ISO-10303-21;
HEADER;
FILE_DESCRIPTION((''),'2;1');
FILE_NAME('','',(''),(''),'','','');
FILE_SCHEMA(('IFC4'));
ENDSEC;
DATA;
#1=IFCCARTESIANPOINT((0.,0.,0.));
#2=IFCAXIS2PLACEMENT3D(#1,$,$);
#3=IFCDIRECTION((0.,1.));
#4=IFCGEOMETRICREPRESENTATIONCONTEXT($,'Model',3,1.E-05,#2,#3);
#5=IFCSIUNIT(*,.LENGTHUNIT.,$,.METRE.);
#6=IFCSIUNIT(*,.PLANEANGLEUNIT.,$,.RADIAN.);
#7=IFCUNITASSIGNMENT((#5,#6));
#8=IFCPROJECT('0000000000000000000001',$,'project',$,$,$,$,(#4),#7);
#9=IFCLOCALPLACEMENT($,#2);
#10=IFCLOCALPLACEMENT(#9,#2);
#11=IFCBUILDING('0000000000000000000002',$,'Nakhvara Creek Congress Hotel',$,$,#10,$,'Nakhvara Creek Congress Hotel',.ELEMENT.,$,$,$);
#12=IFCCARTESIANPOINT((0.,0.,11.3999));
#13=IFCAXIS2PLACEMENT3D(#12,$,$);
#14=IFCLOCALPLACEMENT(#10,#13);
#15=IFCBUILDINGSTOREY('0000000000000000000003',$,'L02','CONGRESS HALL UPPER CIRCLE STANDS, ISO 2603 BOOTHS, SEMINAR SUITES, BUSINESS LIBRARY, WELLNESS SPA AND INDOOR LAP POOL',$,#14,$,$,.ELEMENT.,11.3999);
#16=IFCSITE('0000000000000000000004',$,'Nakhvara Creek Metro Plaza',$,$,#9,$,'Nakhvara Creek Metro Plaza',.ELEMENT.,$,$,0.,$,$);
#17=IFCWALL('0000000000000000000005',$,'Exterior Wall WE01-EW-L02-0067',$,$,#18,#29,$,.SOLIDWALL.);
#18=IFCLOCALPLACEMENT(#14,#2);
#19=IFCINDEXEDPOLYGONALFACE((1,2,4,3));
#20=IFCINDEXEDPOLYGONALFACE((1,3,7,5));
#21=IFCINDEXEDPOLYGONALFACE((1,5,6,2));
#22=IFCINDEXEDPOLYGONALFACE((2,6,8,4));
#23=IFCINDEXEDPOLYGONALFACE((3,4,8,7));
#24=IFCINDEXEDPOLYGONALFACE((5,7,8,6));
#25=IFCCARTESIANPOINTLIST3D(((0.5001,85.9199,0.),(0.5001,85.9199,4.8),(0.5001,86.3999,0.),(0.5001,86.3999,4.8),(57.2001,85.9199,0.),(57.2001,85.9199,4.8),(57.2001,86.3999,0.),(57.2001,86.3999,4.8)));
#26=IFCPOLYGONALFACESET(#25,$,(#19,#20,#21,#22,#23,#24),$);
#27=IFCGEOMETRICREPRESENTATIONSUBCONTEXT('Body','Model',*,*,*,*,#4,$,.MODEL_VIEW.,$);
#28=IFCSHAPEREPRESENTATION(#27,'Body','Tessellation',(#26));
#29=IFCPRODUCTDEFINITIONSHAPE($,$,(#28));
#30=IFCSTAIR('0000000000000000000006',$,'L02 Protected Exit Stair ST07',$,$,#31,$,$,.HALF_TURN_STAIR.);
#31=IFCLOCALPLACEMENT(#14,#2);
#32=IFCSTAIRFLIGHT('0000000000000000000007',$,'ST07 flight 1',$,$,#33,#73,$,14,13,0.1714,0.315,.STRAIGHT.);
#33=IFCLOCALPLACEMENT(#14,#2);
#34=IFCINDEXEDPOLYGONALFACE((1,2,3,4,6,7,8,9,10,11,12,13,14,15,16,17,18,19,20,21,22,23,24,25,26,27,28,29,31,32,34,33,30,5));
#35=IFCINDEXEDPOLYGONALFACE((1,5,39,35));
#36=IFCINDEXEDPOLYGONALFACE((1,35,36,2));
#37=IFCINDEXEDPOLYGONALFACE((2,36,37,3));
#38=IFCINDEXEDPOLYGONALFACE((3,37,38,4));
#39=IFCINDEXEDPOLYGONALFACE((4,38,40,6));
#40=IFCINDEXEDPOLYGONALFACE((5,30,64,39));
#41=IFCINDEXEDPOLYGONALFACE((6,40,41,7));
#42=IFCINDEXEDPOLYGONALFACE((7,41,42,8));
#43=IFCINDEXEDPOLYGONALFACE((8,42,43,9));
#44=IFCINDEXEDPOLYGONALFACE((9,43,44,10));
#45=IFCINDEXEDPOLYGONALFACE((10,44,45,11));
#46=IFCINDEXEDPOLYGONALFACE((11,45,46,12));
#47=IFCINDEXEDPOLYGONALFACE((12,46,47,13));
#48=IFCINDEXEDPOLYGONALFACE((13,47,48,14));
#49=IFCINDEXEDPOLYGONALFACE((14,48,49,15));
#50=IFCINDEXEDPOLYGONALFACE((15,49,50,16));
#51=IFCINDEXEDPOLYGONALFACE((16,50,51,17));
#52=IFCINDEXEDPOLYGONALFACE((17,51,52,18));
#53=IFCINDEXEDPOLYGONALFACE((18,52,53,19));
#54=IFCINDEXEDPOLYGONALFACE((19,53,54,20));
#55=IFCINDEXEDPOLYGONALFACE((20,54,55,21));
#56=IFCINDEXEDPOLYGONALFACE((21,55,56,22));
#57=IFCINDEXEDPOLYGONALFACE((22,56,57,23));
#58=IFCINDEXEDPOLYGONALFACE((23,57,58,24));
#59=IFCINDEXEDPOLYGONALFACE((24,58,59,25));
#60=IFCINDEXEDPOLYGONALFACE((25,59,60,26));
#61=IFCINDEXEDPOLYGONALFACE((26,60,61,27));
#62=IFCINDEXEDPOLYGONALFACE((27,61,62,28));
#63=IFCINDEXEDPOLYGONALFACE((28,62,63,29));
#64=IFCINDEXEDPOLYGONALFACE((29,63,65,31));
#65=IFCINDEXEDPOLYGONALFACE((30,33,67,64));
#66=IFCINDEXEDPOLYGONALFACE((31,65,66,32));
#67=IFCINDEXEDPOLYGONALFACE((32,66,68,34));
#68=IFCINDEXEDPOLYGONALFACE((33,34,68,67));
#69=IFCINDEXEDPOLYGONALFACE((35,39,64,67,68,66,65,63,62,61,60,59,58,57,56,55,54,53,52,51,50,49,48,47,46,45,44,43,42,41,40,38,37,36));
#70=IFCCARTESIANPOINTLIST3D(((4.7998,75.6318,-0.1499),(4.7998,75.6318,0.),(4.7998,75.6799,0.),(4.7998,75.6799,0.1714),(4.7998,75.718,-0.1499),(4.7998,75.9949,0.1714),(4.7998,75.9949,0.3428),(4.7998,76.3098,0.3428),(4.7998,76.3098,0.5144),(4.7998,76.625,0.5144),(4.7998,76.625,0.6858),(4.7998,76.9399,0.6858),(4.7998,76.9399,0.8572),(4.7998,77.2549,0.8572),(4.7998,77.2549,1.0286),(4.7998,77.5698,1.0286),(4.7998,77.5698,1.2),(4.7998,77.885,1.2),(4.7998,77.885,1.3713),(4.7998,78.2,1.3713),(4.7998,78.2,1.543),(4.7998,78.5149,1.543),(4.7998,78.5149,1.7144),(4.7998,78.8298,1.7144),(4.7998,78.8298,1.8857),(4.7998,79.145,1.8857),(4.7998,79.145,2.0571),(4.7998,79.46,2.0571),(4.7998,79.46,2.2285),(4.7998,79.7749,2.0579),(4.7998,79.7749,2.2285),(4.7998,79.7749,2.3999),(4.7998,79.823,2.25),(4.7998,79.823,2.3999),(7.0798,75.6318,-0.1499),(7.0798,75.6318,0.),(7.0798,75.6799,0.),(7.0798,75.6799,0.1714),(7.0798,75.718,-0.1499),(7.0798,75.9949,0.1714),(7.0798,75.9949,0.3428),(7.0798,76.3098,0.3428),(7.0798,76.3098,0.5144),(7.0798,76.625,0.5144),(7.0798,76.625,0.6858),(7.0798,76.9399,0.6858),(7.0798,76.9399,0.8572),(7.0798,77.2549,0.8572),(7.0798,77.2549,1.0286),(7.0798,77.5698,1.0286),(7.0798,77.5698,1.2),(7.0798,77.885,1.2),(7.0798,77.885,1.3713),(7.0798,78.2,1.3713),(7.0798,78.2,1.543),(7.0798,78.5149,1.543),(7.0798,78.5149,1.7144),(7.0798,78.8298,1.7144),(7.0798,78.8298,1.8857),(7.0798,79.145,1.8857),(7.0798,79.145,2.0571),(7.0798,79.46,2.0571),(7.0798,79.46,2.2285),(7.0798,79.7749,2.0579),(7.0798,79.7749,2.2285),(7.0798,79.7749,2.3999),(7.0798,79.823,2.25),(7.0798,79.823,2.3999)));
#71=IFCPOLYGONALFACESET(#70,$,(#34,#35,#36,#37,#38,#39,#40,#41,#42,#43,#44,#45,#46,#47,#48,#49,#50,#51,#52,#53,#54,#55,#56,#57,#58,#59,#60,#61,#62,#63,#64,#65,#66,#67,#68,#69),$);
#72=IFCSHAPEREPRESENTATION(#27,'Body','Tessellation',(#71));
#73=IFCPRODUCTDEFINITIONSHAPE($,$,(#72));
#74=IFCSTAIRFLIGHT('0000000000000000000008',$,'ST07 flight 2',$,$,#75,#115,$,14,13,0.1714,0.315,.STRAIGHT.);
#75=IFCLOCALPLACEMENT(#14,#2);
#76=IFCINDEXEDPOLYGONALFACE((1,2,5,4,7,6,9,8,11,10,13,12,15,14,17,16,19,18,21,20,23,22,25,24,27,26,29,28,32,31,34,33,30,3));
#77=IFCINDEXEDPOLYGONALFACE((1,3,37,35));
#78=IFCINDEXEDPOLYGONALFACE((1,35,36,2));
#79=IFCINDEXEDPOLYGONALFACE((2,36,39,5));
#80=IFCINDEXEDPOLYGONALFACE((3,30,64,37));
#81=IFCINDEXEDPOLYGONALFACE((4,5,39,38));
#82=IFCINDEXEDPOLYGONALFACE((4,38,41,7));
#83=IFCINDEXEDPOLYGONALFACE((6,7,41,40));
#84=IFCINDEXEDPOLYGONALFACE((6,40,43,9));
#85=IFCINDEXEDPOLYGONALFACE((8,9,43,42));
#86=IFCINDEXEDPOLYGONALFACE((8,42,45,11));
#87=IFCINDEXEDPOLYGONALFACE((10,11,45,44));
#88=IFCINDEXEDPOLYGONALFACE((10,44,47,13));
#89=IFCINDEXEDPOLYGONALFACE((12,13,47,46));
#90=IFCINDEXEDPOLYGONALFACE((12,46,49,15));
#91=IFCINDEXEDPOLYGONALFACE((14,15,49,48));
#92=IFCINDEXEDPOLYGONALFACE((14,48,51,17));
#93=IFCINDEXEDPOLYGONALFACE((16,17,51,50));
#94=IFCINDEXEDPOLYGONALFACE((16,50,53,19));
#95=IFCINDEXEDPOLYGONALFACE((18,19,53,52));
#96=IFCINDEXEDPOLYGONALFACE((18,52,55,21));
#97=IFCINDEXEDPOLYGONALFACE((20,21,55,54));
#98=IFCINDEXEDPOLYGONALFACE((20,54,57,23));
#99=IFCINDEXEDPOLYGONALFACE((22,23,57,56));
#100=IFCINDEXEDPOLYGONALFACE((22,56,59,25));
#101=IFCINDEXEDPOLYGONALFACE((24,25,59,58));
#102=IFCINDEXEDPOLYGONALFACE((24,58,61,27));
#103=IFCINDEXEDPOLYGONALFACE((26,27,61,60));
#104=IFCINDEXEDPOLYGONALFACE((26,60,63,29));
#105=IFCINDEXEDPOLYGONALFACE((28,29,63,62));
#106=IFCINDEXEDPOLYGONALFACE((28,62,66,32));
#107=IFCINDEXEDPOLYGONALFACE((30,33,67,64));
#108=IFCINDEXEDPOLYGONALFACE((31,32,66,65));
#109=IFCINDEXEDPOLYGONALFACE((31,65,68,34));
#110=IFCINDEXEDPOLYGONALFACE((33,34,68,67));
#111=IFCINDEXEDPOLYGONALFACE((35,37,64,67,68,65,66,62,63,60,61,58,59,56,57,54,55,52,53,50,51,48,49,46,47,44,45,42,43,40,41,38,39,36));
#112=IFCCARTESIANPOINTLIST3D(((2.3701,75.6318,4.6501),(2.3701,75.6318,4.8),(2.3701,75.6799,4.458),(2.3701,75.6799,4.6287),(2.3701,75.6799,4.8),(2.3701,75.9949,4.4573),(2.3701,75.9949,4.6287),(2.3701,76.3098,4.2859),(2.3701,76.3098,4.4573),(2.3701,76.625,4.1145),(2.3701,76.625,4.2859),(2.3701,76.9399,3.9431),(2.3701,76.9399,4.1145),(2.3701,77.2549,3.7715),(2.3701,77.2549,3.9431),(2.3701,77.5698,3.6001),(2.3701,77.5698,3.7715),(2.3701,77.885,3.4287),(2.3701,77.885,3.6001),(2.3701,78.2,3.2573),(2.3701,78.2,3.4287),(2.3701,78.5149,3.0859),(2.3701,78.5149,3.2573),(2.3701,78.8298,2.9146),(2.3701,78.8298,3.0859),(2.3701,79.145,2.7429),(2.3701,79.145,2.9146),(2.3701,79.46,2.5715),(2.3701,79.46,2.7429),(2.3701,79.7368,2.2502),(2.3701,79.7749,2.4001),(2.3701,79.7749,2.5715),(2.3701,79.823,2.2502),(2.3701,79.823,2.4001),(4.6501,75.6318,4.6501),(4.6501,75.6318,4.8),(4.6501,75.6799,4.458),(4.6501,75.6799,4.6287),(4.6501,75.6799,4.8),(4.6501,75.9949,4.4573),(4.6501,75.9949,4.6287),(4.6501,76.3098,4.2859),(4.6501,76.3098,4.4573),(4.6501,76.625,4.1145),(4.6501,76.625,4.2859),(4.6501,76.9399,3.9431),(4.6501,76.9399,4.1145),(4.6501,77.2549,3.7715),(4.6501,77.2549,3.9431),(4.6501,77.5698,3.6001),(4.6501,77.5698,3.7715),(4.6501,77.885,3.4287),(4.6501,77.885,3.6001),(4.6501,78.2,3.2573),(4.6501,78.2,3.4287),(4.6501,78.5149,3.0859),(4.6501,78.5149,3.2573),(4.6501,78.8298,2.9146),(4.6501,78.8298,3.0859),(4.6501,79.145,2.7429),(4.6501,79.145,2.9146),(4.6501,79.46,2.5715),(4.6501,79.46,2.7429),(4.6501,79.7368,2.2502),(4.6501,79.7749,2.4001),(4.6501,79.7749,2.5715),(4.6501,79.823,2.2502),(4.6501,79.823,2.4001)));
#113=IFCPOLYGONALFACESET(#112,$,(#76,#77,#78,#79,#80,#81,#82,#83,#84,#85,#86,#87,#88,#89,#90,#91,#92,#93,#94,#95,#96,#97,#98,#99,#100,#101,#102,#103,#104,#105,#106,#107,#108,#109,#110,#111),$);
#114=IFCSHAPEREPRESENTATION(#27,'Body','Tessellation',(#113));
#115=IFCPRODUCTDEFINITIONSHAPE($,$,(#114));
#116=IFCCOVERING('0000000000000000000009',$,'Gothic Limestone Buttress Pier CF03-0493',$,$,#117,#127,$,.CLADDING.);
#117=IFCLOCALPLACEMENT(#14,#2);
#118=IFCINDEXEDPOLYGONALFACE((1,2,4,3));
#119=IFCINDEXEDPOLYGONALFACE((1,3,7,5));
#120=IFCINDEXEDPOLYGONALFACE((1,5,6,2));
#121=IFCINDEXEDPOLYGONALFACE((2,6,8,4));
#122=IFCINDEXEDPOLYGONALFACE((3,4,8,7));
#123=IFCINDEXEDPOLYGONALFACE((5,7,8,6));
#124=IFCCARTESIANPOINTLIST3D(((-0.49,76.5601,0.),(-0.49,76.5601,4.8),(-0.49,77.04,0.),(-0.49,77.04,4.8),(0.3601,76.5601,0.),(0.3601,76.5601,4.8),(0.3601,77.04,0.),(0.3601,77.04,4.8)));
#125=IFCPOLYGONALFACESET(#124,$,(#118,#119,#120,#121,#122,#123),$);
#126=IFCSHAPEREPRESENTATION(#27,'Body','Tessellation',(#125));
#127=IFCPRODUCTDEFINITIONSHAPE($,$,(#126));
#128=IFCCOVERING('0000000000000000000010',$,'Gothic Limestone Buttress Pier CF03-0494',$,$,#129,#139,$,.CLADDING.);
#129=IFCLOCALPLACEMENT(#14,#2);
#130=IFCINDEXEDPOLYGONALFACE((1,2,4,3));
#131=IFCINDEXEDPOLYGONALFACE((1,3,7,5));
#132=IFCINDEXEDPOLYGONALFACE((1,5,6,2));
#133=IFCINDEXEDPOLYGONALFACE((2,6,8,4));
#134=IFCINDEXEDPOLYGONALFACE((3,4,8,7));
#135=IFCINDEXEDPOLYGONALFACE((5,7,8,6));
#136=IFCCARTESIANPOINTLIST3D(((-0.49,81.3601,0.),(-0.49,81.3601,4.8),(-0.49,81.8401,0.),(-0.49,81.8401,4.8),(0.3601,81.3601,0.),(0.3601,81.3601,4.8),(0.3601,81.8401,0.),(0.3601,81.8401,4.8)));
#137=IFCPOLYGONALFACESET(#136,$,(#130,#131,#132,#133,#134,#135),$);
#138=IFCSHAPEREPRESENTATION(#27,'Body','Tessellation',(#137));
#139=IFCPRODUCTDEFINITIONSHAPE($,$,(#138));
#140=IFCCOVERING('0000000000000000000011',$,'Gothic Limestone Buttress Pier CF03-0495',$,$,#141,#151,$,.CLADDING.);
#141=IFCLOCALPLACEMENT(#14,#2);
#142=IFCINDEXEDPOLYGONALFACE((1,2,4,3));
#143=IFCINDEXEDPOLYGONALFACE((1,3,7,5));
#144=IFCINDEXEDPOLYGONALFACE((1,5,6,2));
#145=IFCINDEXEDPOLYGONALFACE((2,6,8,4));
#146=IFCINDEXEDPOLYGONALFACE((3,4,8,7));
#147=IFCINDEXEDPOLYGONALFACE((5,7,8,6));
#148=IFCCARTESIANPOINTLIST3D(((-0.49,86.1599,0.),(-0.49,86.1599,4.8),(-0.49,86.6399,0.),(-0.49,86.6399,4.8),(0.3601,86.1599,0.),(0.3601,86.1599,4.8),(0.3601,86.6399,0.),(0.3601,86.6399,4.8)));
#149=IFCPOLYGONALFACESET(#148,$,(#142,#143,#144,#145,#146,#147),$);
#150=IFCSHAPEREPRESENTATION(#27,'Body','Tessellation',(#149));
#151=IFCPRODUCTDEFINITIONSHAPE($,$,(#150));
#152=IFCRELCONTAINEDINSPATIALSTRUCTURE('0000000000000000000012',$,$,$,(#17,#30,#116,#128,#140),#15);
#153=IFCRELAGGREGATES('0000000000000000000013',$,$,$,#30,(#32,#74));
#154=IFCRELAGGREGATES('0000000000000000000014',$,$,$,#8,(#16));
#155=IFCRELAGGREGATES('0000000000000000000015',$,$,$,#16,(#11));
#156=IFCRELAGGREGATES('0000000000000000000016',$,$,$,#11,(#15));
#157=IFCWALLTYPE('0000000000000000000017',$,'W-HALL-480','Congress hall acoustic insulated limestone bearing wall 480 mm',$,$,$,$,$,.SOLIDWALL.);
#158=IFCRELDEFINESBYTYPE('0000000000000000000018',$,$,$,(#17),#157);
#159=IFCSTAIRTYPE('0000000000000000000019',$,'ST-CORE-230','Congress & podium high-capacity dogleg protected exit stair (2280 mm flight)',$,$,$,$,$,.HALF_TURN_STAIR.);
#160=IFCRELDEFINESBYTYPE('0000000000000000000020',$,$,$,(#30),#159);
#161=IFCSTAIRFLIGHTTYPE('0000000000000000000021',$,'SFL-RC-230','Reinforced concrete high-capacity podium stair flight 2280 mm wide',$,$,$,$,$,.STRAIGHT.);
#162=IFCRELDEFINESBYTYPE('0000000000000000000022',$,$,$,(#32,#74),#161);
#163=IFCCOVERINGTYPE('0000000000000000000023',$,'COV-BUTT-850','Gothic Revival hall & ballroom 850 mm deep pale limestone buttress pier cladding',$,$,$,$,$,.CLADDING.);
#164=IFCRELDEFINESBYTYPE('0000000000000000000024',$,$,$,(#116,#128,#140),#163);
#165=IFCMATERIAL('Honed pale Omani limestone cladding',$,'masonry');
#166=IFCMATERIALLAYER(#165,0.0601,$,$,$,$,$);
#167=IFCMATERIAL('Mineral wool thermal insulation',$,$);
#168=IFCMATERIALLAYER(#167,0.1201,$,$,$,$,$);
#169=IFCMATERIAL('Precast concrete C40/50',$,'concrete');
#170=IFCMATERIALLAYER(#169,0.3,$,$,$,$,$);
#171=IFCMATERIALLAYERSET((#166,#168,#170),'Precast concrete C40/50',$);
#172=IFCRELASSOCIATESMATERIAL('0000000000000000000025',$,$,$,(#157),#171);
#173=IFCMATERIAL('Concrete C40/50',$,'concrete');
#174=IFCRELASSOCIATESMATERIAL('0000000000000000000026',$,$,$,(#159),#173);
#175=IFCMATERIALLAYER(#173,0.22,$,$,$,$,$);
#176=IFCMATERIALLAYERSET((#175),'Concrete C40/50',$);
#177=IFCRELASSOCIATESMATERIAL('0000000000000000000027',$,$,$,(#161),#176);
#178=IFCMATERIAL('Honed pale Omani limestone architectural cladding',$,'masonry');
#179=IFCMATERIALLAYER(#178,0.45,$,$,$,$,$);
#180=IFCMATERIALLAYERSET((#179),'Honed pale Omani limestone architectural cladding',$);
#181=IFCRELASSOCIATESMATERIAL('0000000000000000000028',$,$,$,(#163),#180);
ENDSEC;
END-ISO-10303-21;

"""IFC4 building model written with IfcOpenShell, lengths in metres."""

from ifc_helpers import new_model, si_unit, direction, frame, frame_2d, origin, origin_2d, place, context, subcontext, project, spatial, polyline, rectangle, outline, extrude, material, layer, layer_set, type_object, element, aggregate, save


model = new_model("IFC4")

# Units and contexts
model_context = context("Model", 3, precision=1e-05, world=origin(), true_north=direction((0.0, 1.0)))
body_context = subcontext(model_context, "Body", "Model", "MODEL_VIEW")
ifc_project = project(units=[si_unit("LENGTHUNIT", "METRE"), si_unit("PLANEANGLEUNIT", "RADIAN")], contexts=[model_context])

# Site, building, storey
site_placement = place(None, origin())
site = spatial("IfcSite", under=ifc_project, at=site_placement, Name="Nakhvara Creek Metro Plaza", LongName="Nakhvara Creek Metro Plaza", CompositionType="ELEMENT", RefElevation=0.0)
building_placement = place(site_placement, origin())
building = spatial("IfcBuilding", under=site, at=building_placement, Name="Nakhvara Creek Congress Hotel", LongName="Nakhvara Creek Congress Hotel", CompositionType="ELEMENT")
storey_placement = place(building_placement, frame((0.0, 0.0, 11.3999)))
storey = spatial("IfcBuildingStorey", under=building, at=storey_placement, Name="L02", Description="CONGRESS HALL UPPER CIRCLE STANDS, ISO 2603 BOOTHS, SEMINAR SUITES, BUSINESS LIBRARY, WELLNESS SPA AND INDOOR LAP POOL", CompositionType="ELEMENT", Elevation=11.3999)

# Shared definitions
ifc_material_1 = material(Name="Concrete C40/50", Category="concrete")

# Wall
ifc_material_2 = material(Name="Honed pale Omani limestone cladding", Category="masonry")
ifc_layer_1 = layer(ifc_material_2, 0.0601)
ifc_material_3 = material(Name="Mineral wool thermal insulation")
ifc_layer_2 = layer(ifc_material_3, 0.1201)
ifc_material_4 = material(Name="Precast concrete C40/50", Category="concrete")
ifc_layer_3 = layer(ifc_material_4, 0.3)
ifc_layer_set_1 = layer_set([ifc_layer_1, ifc_layer_2, ifc_layer_3], Name="Precast concrete C40/50")
wall_type_1 = type_object("IfcWallType", Name="W-HALL-480", Description="Congress hall acoustic insulated limestone bearing wall 480 mm", PredefinedType="SOLIDWALL", material=ifc_layer_set_1)
wall_1_placement = place(storey_placement, frame((0.5, 86.1599, 0.0), z_axis=(0.0, 0.0, 1.0), x_axis=(1.0, 0.0, 0.0)))
element("IfcWall", 1, at=wall_1_placement, inside=storey, type_object=wall_type_1, Name="Exterior Wall WE01-EW-L02-0067", PredefinedType="SOLIDWALL", context=body_context, shape_type="SweptSolid", body=[
    extrude(rectangle(XDim=56.7, YDim=0.48, at=frame_2d((28.3501, 0.0))), origin(), (0.0, 0.0, 1.0), 4.8),
])

# Stair, stair flights
stair_type = type_object("IfcStairType", Name="ST-CORE-230", Description="Congress & podium high-capacity dogleg protected exit stair (2280 mm flight)", PredefinedType="HALF_TURN_STAIR", material=ifc_material_1)
stair_placement = place(storey_placement, origin())
stair = element("IfcStair", 2, at=stair_placement, inside=storey, type_object=stair_type, Name="L02 Protected Exit Stair ST07", PredefinedType="HALF_TURN_STAIR")
ifc_layer_4 = layer(ifc_material_1, 0.22)
ifc_layer_set_2 = layer_set([ifc_layer_4], Name="Concrete C40/50")
stair_flight_type = type_object("IfcStairFlightType", Name="SFL-RC-230", Description="Reinforced concrete high-capacity podium stair flight 2280 mm wide", PredefinedType="STRAIGHT", material=ifc_layer_set_2)
stair_flight_1_placement = place(storey_placement, frame((5.9399, 75.6799, 0.0), z_axis=(0.0, 0.0, 1.0), x_axis=(0.0, 1.0, 0.0)))
stair_flight_1 = element("IfcStairFlight", 3, at=stair_flight_1_placement, type_object=stair_flight_type, Name="ST07 flight 1", NumberOfRisers=14, NumberOfTreads=13, PredefinedType="STRAIGHT", RiserHeight=0.1714, TreadLength=0.315, context=body_context, shape_type="SweptSolid", body=[
    extrude(outline(polyline([(-0.0481, 0.0), (0.0, 0.0), (0.0, 0.1714), (0.3149, 0.1714), (0.3149, 0.3428), (0.6299, 0.3428), (0.6299, 0.5144), (0.9451, 0.5144), (0.9451, 0.6858), (1.26, 0.6858), (1.26, 0.8572), (1.575, 0.8572), (1.575, 1.0286), (1.8899, 1.0286), (1.8899, 1.2), (2.2051, 1.2), (2.2051, 1.3713), (2.52, 1.3713), (2.52, 1.543), (2.835, 1.543), (2.835, 1.7144), (3.1499, 1.7144), (3.1499, 1.8857), (3.4651, 1.8857), (3.4651, 2.0571), (3.78, 2.0571), (3.78, 2.2285), (4.095, 2.2285), (4.095, 2.3999), (4.1431, 2.3999), (4.1431, 2.25), (4.095, 2.0579), (0.0381, -0.1499), (-0.0481, -0.1499), (-0.0481, 0.0)])), frame((0.0, 1.1401, 0.0), z_axis=(0.0, -1.0, 0.0), x_axis=(1.0, 0.0, 0.0)), (0.0, 0.0, 1.0), 2.28),
])
stair_flight_2_placement = place(storey_placement, frame((3.51, 79.7749, 2.4001), z_axis=(0.0, 0.0, 1.0), x_axis=(0.0, -1.0, 0.0)))
stair_flight_2 = element("IfcStairFlight", 4, at=stair_flight_2_placement, type_object=stair_flight_type, Name="ST07 flight 2", NumberOfRisers=14, NumberOfTreads=13, PredefinedType="STRAIGHT", RiserHeight=0.1714, TreadLength=0.315, context=body_context, shape_type="SweptSolid", body=[
    extrude(outline(polyline([(-0.0481, 0.0), (0.0, 0.0), (0.0, 0.1714), (0.3149, 0.1714), (0.3149, 0.3428), (0.6299, 0.3428), (0.6299, 0.5144), (0.9451, 0.5144), (0.9451, 0.6858), (1.26, 0.6858), (1.26, 0.8572), (1.575, 0.8572), (1.575, 1.0286), (1.8899, 1.0286), (1.8899, 1.2), (2.2051, 1.2), (2.2051, 1.3713), (2.52, 1.3713), (2.52, 1.543), (2.835, 1.543), (2.835, 1.7144), (3.1499, 1.7144), (3.1499, 1.8857), (3.4651, 1.8857), (3.4651, 2.0571), (3.78, 2.0571), (3.78, 2.2285), (4.095, 2.2285), (4.095, 2.3999), (4.1431, 2.3999), (4.1431, 2.25), (4.095, 2.0579), (0.0381, -0.1499), (-0.0481, -0.1499), (-0.0481, 0.0)])), frame((0.0, 1.1401, 0.0), z_axis=(0.0, -1.0, 0.0), x_axis=(1.0, 0.0, 0.0)), (0.0, 0.0, 1.0), 2.28),
])
aggregate(stair, [stair_flight_1, stair_flight_2])

# Coverings
ifc_material_5 = material(Name="Honed pale Omani limestone architectural cladding", Category="masonry")
ifc_layer_5 = layer(ifc_material_5, 0.45)
ifc_layer_set_3 = layer_set([ifc_layer_5], Name="Honed pale Omani limestone architectural cladding")
covering_type = type_object("IfcCoveringType", Name="COV-BUTT-850", Description="Gothic Revival hall & ballroom 850 mm deep pale limestone buttress pier cladding", PredefinedType="CLADDING", material=ifc_layer_set_3)
for number, where, z_axis, x_axis, name in (
    (5, (-0.0649, 76.8, 0.0), (0.0, 0.0, 1.0), (0.0, 1.0, 0.0), "Gothic Limestone Buttress Pier CF03-0493"),
    (6, (-0.0649, 81.6001, 0.0), (0.0, 0.0, 1.0), (0.0, 1.0, 0.0), "Gothic Limestone Buttress Pier CF03-0494"),
    (7, (-0.0649, 86.3999, 0.0), (0.0, 0.0, 1.0), (0.0, 1.0, 0.0), "Gothic Limestone Buttress Pier CF03-0495"),
):
    element("IfcCovering", number, at=place(storey_placement, frame(where, z_axis=z_axis, x_axis=x_axis)), inside=storey, type_object=covering_type, Name=name, PredefinedType="CLADDING", context=body_context, shape_type="SweptSolid", body=[
        extrude(rectangle(XDim=0.48, YDim=0.8501, at=origin_2d()), origin(), (0.0, 0.0, 1.0), 4.8),
    ])

save(model, "model.ifc")
